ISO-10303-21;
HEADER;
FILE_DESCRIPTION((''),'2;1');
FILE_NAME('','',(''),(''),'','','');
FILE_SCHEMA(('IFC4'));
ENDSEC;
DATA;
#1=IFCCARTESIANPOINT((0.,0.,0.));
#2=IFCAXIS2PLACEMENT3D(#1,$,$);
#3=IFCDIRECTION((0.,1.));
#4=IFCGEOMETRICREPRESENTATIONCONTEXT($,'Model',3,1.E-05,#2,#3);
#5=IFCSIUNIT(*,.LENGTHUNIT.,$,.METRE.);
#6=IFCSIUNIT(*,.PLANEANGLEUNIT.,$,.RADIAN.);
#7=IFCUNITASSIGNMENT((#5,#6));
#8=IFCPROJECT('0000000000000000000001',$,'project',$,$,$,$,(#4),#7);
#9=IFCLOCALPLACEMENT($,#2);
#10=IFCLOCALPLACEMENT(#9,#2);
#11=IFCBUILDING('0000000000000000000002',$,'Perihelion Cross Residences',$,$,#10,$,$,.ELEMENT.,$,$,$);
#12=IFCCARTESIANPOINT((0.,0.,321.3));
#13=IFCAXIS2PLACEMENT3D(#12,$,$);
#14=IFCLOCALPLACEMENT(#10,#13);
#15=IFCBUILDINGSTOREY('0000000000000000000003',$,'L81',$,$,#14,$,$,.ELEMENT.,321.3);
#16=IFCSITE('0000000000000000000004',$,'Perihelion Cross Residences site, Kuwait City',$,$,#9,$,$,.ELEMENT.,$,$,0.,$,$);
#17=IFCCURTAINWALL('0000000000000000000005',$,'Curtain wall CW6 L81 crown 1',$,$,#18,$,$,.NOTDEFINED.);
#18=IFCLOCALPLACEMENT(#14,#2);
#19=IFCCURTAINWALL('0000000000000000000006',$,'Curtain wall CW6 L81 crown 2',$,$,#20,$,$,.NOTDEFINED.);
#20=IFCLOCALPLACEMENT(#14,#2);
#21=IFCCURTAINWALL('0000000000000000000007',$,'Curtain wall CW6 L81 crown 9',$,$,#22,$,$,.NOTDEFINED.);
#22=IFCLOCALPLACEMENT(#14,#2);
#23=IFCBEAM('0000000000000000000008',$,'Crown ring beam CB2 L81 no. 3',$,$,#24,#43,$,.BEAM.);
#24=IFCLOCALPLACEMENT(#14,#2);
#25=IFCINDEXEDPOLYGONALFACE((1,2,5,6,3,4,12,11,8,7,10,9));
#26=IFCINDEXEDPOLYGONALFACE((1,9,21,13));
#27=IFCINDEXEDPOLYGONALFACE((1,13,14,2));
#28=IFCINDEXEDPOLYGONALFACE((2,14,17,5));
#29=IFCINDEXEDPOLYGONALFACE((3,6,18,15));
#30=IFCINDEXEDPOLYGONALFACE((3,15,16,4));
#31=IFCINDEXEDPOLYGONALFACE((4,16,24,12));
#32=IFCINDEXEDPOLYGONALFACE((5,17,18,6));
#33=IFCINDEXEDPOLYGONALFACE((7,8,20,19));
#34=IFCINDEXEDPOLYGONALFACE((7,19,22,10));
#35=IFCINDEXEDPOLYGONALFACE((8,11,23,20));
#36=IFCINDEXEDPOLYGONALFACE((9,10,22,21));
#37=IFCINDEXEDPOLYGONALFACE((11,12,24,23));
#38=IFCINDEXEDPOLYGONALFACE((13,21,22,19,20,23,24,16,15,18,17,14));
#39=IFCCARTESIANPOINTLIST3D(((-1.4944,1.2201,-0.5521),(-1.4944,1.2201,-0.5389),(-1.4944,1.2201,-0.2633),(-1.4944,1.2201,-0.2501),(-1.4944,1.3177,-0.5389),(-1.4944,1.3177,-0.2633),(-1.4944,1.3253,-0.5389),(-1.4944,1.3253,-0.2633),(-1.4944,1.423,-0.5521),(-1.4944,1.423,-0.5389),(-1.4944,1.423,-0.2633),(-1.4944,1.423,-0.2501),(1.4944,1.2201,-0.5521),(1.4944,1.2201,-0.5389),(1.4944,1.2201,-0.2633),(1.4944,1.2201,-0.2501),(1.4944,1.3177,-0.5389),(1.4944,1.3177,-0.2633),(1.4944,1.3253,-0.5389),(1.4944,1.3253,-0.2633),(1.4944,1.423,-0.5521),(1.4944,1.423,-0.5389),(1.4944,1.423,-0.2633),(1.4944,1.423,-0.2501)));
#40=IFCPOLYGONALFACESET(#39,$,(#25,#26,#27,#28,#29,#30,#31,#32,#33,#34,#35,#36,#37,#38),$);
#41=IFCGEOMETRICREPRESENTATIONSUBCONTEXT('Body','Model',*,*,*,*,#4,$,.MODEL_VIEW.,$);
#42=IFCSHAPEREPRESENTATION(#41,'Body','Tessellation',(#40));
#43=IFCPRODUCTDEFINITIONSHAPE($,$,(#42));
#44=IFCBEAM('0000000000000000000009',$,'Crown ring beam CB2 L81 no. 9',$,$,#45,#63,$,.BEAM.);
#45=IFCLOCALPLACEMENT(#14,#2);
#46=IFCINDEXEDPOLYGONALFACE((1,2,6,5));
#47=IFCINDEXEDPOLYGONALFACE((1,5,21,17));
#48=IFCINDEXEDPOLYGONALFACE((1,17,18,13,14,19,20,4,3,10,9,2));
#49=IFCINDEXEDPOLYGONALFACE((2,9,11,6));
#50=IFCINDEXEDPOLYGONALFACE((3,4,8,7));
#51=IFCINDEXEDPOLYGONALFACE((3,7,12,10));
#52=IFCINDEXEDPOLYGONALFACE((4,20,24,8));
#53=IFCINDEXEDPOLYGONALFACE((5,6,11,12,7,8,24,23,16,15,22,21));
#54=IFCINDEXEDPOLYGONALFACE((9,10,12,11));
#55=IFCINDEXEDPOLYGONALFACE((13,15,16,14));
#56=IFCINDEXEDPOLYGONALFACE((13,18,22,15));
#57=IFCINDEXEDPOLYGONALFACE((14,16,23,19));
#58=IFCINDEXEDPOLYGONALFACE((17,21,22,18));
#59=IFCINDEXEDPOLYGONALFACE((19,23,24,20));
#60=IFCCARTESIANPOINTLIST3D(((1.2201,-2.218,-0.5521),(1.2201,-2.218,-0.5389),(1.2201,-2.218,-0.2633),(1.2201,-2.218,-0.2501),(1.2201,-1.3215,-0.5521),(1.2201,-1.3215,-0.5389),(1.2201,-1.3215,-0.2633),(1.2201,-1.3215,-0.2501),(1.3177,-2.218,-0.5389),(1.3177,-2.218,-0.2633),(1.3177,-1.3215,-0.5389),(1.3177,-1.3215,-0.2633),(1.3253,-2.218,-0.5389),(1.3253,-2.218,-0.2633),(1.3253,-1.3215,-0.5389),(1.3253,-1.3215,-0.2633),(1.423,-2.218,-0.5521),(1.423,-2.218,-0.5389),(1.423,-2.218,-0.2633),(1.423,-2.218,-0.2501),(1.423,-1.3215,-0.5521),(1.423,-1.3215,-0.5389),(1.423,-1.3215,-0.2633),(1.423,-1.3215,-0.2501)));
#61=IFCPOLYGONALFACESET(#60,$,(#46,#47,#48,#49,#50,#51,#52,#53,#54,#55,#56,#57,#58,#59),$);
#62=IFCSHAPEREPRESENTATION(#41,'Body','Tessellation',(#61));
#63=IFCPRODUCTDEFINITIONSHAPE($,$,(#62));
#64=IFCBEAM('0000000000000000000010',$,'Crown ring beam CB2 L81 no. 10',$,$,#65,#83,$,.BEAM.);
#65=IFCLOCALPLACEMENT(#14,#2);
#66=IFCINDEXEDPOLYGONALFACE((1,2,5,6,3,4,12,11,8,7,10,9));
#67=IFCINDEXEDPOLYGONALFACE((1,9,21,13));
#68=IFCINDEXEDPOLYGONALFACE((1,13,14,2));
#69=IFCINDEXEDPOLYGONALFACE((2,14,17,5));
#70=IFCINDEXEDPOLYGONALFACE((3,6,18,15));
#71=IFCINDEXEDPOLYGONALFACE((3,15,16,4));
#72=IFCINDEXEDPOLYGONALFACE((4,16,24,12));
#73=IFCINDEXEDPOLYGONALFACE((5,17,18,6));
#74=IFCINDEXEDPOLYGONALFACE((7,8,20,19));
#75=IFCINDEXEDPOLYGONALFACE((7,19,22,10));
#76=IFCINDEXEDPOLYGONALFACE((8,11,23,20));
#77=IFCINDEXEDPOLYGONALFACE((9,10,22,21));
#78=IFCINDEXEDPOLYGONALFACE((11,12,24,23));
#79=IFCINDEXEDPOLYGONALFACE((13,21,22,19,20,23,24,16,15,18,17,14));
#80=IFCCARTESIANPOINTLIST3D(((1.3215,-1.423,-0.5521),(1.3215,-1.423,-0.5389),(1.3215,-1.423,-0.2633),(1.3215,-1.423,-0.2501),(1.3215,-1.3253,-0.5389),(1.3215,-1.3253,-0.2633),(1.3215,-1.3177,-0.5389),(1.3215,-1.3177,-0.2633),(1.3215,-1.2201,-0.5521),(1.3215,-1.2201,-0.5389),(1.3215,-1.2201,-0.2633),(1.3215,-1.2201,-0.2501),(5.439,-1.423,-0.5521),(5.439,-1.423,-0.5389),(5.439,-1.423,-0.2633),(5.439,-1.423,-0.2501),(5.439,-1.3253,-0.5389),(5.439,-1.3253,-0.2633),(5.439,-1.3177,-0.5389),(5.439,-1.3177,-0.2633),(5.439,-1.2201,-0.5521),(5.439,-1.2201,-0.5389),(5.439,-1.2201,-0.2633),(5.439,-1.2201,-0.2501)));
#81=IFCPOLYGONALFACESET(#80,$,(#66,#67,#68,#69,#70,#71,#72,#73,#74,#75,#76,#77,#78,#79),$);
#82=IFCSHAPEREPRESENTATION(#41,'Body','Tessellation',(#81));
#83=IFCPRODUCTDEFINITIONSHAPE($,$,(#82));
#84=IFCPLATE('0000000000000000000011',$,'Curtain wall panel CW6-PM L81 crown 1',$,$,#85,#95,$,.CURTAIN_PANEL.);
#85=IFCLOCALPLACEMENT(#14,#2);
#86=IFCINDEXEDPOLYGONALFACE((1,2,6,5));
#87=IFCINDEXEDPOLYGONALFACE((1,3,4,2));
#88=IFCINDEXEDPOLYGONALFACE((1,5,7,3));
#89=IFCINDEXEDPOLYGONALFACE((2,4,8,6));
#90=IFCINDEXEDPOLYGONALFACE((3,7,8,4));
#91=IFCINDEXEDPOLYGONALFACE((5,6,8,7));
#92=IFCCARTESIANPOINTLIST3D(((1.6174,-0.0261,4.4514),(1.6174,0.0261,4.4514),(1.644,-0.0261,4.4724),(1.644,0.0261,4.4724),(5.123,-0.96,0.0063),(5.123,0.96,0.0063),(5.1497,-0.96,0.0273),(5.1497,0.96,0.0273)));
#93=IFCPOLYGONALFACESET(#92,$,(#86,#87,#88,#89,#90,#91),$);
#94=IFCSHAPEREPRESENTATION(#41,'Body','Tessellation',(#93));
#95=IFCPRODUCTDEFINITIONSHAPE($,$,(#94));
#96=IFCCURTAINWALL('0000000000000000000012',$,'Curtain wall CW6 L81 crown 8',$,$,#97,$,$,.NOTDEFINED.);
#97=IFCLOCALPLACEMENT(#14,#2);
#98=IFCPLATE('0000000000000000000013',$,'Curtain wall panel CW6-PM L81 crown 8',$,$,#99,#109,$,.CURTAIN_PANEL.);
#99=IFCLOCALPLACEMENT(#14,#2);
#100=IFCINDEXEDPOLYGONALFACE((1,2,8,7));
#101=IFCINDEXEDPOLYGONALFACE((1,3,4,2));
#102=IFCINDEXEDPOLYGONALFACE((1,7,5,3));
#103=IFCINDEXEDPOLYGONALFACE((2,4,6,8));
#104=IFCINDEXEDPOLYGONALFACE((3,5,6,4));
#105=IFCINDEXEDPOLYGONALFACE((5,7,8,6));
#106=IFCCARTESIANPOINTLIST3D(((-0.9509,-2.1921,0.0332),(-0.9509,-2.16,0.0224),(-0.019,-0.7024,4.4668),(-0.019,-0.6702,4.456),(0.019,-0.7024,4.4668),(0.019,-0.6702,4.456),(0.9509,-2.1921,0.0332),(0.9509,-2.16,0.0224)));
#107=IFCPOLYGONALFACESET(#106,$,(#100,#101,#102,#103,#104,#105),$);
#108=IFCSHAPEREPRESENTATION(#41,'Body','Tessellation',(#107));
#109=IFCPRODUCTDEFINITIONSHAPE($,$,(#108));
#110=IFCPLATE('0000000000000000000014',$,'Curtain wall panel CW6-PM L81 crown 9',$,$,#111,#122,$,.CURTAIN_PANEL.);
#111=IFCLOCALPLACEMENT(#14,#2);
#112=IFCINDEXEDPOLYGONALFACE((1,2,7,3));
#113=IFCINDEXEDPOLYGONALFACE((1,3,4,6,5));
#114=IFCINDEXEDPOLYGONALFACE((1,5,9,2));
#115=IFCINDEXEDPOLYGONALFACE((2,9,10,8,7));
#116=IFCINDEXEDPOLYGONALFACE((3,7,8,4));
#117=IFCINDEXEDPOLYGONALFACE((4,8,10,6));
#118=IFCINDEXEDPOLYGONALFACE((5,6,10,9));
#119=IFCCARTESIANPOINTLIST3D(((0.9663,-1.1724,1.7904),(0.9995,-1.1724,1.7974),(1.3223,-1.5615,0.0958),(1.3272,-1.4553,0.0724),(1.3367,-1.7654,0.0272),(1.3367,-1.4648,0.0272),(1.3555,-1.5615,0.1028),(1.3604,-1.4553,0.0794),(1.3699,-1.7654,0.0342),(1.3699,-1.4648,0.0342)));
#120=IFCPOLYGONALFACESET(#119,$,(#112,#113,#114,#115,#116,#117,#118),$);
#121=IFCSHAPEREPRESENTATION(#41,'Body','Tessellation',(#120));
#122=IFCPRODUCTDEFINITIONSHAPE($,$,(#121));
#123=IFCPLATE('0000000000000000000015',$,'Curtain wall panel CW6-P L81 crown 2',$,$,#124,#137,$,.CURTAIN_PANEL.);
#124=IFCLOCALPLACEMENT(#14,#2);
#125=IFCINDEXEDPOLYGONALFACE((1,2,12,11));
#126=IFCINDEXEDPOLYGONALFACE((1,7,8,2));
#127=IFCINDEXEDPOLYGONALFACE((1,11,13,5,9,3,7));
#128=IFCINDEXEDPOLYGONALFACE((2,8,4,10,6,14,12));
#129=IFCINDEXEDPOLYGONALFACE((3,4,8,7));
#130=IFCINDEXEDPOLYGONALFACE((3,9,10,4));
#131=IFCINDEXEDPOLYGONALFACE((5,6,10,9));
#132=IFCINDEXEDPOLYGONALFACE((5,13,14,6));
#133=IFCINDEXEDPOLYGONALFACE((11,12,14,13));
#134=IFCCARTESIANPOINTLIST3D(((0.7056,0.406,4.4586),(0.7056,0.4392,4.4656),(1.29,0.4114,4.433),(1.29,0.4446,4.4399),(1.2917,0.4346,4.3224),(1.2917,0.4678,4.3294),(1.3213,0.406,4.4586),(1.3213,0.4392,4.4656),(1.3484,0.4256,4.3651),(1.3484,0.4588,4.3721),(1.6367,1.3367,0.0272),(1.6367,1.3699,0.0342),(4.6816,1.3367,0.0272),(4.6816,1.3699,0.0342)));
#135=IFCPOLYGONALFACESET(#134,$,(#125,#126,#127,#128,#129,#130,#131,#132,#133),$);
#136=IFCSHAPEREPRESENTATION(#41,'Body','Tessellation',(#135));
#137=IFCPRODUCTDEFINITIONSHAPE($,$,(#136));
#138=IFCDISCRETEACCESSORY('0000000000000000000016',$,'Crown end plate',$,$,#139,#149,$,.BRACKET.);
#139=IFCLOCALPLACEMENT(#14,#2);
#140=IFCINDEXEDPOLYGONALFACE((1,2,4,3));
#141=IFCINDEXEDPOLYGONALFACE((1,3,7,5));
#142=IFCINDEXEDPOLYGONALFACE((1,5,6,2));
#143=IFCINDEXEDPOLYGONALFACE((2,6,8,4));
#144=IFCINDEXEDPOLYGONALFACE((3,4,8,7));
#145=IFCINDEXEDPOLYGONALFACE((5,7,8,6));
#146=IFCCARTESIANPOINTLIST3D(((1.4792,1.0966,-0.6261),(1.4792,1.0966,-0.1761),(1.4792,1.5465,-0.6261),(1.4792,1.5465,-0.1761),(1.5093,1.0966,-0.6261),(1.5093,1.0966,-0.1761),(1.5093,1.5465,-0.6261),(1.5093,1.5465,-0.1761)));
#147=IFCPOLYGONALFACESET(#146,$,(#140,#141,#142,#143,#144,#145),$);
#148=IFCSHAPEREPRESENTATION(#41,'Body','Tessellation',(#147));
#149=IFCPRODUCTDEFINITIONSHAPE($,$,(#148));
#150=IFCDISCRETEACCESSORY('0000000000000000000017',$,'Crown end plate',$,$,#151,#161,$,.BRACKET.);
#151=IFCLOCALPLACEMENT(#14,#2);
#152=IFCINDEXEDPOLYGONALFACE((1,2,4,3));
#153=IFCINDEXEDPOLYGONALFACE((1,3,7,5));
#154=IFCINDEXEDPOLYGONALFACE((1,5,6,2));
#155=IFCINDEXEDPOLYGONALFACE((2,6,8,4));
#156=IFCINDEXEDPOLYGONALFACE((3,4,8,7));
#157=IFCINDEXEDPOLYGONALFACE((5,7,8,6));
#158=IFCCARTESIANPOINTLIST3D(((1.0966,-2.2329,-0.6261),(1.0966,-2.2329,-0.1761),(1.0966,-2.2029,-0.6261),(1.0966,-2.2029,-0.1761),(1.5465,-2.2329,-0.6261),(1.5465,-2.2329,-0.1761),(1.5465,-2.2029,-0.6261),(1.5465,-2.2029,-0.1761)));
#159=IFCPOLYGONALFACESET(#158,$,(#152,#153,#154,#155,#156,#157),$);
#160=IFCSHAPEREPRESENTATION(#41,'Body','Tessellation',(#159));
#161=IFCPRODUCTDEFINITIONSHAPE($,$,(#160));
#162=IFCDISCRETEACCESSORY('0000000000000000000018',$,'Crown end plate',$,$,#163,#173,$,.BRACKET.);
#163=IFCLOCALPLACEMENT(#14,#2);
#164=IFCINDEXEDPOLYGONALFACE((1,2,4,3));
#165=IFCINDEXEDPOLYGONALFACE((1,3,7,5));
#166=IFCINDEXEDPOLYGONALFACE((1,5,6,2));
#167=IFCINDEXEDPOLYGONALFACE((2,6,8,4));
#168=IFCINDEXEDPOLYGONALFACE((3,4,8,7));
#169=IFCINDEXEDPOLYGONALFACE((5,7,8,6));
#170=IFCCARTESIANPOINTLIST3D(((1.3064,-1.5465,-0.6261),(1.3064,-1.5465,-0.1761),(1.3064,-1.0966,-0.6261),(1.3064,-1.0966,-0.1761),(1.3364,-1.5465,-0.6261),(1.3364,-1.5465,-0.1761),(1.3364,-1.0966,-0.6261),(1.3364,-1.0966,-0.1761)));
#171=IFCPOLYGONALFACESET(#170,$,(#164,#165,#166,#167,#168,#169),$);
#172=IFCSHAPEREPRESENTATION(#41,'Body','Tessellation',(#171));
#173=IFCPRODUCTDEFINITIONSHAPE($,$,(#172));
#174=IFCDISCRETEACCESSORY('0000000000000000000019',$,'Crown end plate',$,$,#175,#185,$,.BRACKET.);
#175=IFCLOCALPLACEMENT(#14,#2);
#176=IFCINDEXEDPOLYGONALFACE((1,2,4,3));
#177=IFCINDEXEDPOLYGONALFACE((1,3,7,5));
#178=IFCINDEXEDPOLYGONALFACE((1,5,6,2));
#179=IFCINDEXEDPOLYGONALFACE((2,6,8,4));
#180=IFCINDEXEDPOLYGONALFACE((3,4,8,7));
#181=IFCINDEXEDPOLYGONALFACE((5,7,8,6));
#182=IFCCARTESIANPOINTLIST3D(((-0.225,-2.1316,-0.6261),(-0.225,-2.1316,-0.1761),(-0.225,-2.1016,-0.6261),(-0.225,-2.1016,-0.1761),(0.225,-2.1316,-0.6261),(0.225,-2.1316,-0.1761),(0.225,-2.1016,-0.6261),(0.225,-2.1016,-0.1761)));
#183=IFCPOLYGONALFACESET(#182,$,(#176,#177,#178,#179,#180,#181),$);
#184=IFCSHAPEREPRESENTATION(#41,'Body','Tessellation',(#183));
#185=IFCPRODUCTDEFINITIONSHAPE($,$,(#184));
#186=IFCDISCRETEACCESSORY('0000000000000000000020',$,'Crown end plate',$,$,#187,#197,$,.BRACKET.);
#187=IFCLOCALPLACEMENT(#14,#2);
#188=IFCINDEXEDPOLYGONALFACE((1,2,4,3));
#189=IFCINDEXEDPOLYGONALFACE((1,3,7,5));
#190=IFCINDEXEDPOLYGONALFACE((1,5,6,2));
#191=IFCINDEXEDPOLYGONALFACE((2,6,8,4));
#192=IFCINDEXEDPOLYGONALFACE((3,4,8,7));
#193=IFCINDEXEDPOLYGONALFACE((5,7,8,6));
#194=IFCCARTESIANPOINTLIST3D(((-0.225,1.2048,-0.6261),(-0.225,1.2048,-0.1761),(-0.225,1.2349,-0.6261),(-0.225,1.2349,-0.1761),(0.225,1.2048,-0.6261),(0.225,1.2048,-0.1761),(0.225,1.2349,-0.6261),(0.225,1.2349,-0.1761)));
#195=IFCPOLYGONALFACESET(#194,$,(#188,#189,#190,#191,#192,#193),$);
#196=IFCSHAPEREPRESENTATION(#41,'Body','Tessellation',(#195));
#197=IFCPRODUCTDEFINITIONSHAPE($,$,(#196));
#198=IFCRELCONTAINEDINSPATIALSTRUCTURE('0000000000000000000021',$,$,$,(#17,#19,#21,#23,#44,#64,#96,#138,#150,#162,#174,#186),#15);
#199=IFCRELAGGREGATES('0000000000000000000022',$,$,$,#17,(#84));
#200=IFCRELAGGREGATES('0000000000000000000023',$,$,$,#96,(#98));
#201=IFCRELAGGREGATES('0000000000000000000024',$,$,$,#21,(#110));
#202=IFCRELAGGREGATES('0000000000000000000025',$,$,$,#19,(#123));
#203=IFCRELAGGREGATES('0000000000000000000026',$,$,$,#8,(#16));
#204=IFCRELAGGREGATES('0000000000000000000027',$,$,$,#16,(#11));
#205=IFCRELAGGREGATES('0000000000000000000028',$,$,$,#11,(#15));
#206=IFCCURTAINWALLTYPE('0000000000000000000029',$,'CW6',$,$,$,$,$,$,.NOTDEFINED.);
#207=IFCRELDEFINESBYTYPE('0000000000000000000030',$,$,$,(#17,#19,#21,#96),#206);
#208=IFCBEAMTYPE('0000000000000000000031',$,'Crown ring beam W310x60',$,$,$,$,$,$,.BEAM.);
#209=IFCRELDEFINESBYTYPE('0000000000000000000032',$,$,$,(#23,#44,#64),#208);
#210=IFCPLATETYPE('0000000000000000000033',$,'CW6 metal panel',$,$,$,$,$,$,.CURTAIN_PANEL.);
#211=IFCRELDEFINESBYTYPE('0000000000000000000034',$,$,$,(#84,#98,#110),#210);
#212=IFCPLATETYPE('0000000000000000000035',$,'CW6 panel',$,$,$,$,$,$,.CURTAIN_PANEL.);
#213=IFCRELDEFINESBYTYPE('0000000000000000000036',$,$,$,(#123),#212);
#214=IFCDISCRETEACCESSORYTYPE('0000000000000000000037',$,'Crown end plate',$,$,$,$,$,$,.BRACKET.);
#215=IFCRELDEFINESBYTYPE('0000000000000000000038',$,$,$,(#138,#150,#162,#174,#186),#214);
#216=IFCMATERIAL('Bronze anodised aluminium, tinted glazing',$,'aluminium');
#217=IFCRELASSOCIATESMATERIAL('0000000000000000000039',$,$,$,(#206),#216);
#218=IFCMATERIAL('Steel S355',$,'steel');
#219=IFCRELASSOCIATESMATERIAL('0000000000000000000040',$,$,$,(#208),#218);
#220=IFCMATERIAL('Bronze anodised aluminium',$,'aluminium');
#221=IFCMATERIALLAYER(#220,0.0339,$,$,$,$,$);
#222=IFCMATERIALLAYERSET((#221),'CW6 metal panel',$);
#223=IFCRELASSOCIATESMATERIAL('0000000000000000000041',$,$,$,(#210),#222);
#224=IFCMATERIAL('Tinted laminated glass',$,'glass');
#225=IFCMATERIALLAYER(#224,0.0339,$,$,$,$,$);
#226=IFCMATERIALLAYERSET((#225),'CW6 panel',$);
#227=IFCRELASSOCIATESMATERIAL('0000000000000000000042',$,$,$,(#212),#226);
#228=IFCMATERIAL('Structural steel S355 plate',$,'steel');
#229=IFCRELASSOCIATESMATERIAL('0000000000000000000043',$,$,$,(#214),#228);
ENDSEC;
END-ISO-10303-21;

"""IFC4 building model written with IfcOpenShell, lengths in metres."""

from ifc_helpers import new_model, si_unit, direction, frame, origin, origin_2d, place, context, subcontext, project, spatial, polyline, rectangle, i_section, outline, extrude, material, layer, layer_set, material_profile, profile_set, type_object, element, aggregate, save


model = new_model("IFC4")

# Units and contexts
model_context = context("Model", 3, precision=1e-05, world=origin(), true_north=direction((0.0, 1.0)))
body_context = subcontext(model_context, "Body", "Model", "MODEL_VIEW")
ifc_project = project(units=[si_unit("LENGTHUNIT", "METRE"), si_unit("PLANEANGLEUNIT", "RADIAN")], contexts=[model_context])

# Site, building, storey
site_placement = place(None, origin())
site = spatial("IfcSite", under=ifc_project, at=site_placement, Name="Perihelion Cross Residences site, Kuwait City", CompositionType="ELEMENT", RefElevation=0.0)
building_placement = place(site_placement, origin())
building = spatial("IfcBuilding", under=site, at=building_placement, Name="Perihelion Cross Residences", CompositionType="ELEMENT")
storey_placement = place(building_placement, frame((0.0, 0.0, 321.3)))
storey = spatial("IfcBuildingStorey", under=building, at=storey_placement, Name="L81", CompositionType="ELEMENT", Elevation=321.3)

# Curtain walls
ifc_material_1 = material(Name="Bronze anodised aluminium, tinted glazing", Category="aluminium")
curtain_wall_type = type_object("IfcCurtainWallType", Name="CW6", PredefinedType="NOTDEFINED", material=ifc_material_1)
curtain_wall_1_placement = place(storey_placement, origin())
curtain_wall_1 = element("IfcCurtainWall", 1, at=curtain_wall_1_placement, inside=storey, type_object=curtain_wall_type, Name="Curtain wall CW6 L81 crown 1", PredefinedType="NOTDEFINED")
curtain_wall_2_placement = place(storey_placement, origin())
curtain_wall_2 = element("IfcCurtainWall", 2, at=curtain_wall_2_placement, inside=storey, type_object=curtain_wall_type, Name="Curtain wall CW6 L81 crown 2", PredefinedType="NOTDEFINED")
curtain_wall_3_placement = place(storey_placement, origin())
curtain_wall_3 = element("IfcCurtainWall", 3, at=curtain_wall_3_placement, inside=storey, type_object=curtain_wall_type, Name="Curtain wall CW6 L81 crown 9", PredefinedType="NOTDEFINED")

# Beams
ifc_material_2 = material(Name="Steel S355", Category="steel")
ifc_material_profile_1 = material_profile(ifc_material_2, i_section(OverallWidth=0.2029, OverallDepth=0.302, WebThickness=0.0076, FlangeThickness=0.0132, at=origin_2d()), Name="W310x60")
ifc_profile_set_1 = profile_set([ifc_material_profile_1], Name="Steel S355")
beam_type = type_object("IfcBeamType", Name="Crown ring beam W310x60", PredefinedType="BEAM", material=ifc_profile_set_1)
beam_1_placement = place(storey_placement, frame((1.4944, 1.3215, -0.4011), z_axis=(-1.0, 0.0, 0.0), x_axis=(0.0, -1.0, 0.0)))
element("IfcBeam", 4, at=beam_1_placement, inside=storey, type_object=beam_type, Name="Crown ring beam CB2 L81 no. 3", PredefinedType="BEAM", context=body_context, shape_type="SweptSolid", body=[
    extrude(i_section(OverallWidth=0.2029, OverallDepth=0.302, WebThickness=0.0076, FlangeThickness=0.0132, at=origin_2d()), origin(), (0.0, 0.0, 1.0), 2.9888),
])
beam_2_placement = place(storey_placement, frame((1.3215, -2.218, -0.4011), z_axis=(0.0, 1.0, 0.0), x_axis=(-1.0, 0.0, 0.0)))
element("IfcBeam", 5, at=beam_2_placement, inside=storey, type_object=beam_type, Name="Crown ring beam CB2 L81 no. 9", PredefinedType="BEAM", context=body_context, shape_type="SweptSolid", body=[
    extrude(i_section(OverallWidth=0.2029, OverallDepth=0.302, WebThickness=0.0076, FlangeThickness=0.0132, at=origin_2d()), origin(), (0.0, 0.0, 1.0), 0.8965),
])
beam_3_placement = place(storey_placement, frame((1.3215, -1.3215, -0.4011), z_axis=(1.0, 0.0, 0.0), x_axis=(0.0, 1.0, 0.0)))
element("IfcBeam", 6, at=beam_3_placement, inside=storey, type_object=beam_type, Name="Crown ring beam CB2 L81 no. 10", PredefinedType="BEAM", context=body_context, shape_type="SweptSolid", body=[
    extrude(i_section(OverallWidth=0.2029, OverallDepth=0.302, WebThickness=0.0076, FlangeThickness=0.0132, at=origin_2d()), origin(), (0.0, 0.0, 1.0), 4.1174),
])

# Plate
ifc_material_3 = material(Name="Bronze anodised aluminium", Category="aluminium")
ifc_layer_1 = layer(ifc_material_3, 0.0339)
ifc_layer_set_1 = layer_set([ifc_layer_1], Name="CW6 metal panel")
plate_type_1 = type_object("IfcPlateType", Name="CW6 metal panel", PredefinedType="CURTAIN_PANEL", material=ifc_layer_set_1)
plate_1_placement = place(storey_placement, frame((1.644, 0.0261, 4.4724), z_axis=(0.785196, 0.0, 0.619247), x_axis=(0.61099, 0.162758, -0.774726)))
plate_1 = element("IfcPlate", 7, at=plate_1_placement, type_object=plate_type_1, Name="Curtain wall panel CW6-PM L81 crown 1", PredefinedType="CURTAIN_PANEL", context=body_context, shape_type="SweptSolid", body=[
    extrude(outline(polyline([(0.0, 0.0), (5.7376, 0.0), (5.4251, -1.8943), (-0.0085, -0.0515), (0.0, 0.0)])), origin(), (0.0, 0.0, -1.0), 0.0339),
])
aggregate(curtain_wall_1, [plate_1])

# Curtain wall, plate
curtain_wall_4_placement = place(storey_placement, origin())
curtain_wall_4 = element("IfcCurtainWall", 8, at=curtain_wall_4_placement, inside=storey, type_object=curtain_wall_type, Name="Curtain wall CW6 L81 crown 8", PredefinedType="NOTDEFINED")
plate_2_placement = place(storey_placement, frame((0.019, -0.7024, 4.4668), z_axis=(0.0, -0.947918, 0.318513), x_axis=(0.1954, -0.312373, -0.929646)))
plate_2 = element("IfcPlate", 9, at=plate_2_placement, type_object=plate_type_1, Name="Curtain wall panel CW6-PM L81 crown 8", PredefinedType="CURTAIN_PANEL", context=body_context, shape_type="SweptSolid", body=[
    extrude(outline(polyline([(0.0, 0.0), (4.7691, 0.0), (4.3975, -1.8652), (-0.0074, -0.0374), (0.0, 0.0)])), origin(), (0.0, 0.0, -1.0), 0.0339),
])
aggregate(curtain_wall_4, [plate_2])

# Plates
plate_3_placement = place(storey_placement, frame((1.3699, -1.7654, 0.0342), z_axis=(0.97864, -0.000023, 0.20558), x_axis=(-0.195267, 0.31265, 0.929581)))
plate_3 = element("IfcPlate", 10, at=plate_3_placement, type_object=plate_type_1, Name="Curtain wall panel CW6-PM L81 crown 9", PredefinedType="CURTAIN_PANEL", context=body_context, shape_type="SweptSolid", body=[
    extrude(outline(polyline([(0.0, 0.0), (1.8967, 0.0), (0.1303, -0.1717), (0.1408, -0.2801), (0.094, -0.2855), (0.0, 0.0)])), origin(), (0.0, 0.0, -1.0), 0.0339),
])
aggregate(curtain_wall_3, [plate_3])
ifc_material_4 = material(Name="Tinted laminated glass", Category="glass")
ifc_layer_2 = layer(ifc_material_4, 0.0339)
ifc_layer_set_2 = layer_set([ifc_layer_2], Name="CW6 panel")
plate_type_2 = type_object("IfcPlateType", Name="CW6 panel", PredefinedType="CURTAIN_PANEL", material=ifc_layer_set_2)
plate_4_placement = place(storey_placement, frame((0.7056, 0.4392, 4.4656), z_axis=(0.000013, 0.978648, 0.205541), x_axis=(0.201425, 0.201326, -0.95859)))
plate_4 = element("IfcPlate", 11, at=plate_4_placement, type_object=plate_type_2, Name="Curtain wall panel CW6-P L81 crown 2", PredefinedType="CURTAIN_PANEL", context=body_context, shape_type="SweptSolid", body=[
    extrude(outline(polyline([(0.0, 0.0), (4.6228, 0.0), (5.2361, -2.9825), (0.2544, -0.5461), (0.223, -0.6104), (0.1434, -0.5672), (0.124, -0.6031), (0.0, 0.0)])), origin(), (0.0, 0.0, -1.0), 0.0339),
])
aggregate(curtain_wall_2, [plate_4])

# Discrete accessories
ifc_material_5 = material(Name="Structural steel S355 plate", Category="steel")
ifc_material_profile_2 = material_profile(ifc_material_5, rectangle(XDim=0.45, YDim=0.45, at=origin_2d()), Name="Crown end plate")
ifc_profile_set_2 = profile_set([ifc_material_profile_2], Name="Structural steel S355 plate")
discrete_accessory_type_1 = type_object("IfcDiscreteAccessoryType", Name="Crown end plate", PredefinedType="BRACKET", material=ifc_profile_set_2)
for number, where, z_axis, x_axis, name in (
    (12, (1.5093, 1.3215, -0.4011), (-1.0, 0.0, 0.0), (0.0, -1.0, 0.0), "Crown end plate"),
    (13, (1.3215, -2.2329, -0.4011), (0.0, 1.0, 0.0), (-1.0, 0.0, 0.0), "Crown end plate"),
    (14, (1.3064, -1.3215, -0.4011), (1.0, 0.0, 0.0), (0.0, 1.0, 0.0), "Crown end plate"),
    (15, (0.0, -2.1316, -0.4011), (0.0, 1.0, 0.0), (-1.0, 0.0, 0.0), "Crown end plate"),
    (16, (0.0, 1.2048, -0.4011), (0.0, 1.0, 0.0), (-1.0, 0.0, 0.0), "Crown end plate"),
):
    element("IfcDiscreteAccessory", number, at=place(storey_placement, frame(where, z_axis=z_axis, x_axis=x_axis)), inside=storey, type_object=discrete_accessory_type_1, Name=name, PredefinedType="BRACKET", context=body_context, shape_type="SweptSolid", body=[
        extrude(rectangle(XDim=0.45, YDim=0.45, at=origin_2d()), origin(), (0.0, 0.0, 1.0), 0.03),
    ])

save(model, "model.ifc")
